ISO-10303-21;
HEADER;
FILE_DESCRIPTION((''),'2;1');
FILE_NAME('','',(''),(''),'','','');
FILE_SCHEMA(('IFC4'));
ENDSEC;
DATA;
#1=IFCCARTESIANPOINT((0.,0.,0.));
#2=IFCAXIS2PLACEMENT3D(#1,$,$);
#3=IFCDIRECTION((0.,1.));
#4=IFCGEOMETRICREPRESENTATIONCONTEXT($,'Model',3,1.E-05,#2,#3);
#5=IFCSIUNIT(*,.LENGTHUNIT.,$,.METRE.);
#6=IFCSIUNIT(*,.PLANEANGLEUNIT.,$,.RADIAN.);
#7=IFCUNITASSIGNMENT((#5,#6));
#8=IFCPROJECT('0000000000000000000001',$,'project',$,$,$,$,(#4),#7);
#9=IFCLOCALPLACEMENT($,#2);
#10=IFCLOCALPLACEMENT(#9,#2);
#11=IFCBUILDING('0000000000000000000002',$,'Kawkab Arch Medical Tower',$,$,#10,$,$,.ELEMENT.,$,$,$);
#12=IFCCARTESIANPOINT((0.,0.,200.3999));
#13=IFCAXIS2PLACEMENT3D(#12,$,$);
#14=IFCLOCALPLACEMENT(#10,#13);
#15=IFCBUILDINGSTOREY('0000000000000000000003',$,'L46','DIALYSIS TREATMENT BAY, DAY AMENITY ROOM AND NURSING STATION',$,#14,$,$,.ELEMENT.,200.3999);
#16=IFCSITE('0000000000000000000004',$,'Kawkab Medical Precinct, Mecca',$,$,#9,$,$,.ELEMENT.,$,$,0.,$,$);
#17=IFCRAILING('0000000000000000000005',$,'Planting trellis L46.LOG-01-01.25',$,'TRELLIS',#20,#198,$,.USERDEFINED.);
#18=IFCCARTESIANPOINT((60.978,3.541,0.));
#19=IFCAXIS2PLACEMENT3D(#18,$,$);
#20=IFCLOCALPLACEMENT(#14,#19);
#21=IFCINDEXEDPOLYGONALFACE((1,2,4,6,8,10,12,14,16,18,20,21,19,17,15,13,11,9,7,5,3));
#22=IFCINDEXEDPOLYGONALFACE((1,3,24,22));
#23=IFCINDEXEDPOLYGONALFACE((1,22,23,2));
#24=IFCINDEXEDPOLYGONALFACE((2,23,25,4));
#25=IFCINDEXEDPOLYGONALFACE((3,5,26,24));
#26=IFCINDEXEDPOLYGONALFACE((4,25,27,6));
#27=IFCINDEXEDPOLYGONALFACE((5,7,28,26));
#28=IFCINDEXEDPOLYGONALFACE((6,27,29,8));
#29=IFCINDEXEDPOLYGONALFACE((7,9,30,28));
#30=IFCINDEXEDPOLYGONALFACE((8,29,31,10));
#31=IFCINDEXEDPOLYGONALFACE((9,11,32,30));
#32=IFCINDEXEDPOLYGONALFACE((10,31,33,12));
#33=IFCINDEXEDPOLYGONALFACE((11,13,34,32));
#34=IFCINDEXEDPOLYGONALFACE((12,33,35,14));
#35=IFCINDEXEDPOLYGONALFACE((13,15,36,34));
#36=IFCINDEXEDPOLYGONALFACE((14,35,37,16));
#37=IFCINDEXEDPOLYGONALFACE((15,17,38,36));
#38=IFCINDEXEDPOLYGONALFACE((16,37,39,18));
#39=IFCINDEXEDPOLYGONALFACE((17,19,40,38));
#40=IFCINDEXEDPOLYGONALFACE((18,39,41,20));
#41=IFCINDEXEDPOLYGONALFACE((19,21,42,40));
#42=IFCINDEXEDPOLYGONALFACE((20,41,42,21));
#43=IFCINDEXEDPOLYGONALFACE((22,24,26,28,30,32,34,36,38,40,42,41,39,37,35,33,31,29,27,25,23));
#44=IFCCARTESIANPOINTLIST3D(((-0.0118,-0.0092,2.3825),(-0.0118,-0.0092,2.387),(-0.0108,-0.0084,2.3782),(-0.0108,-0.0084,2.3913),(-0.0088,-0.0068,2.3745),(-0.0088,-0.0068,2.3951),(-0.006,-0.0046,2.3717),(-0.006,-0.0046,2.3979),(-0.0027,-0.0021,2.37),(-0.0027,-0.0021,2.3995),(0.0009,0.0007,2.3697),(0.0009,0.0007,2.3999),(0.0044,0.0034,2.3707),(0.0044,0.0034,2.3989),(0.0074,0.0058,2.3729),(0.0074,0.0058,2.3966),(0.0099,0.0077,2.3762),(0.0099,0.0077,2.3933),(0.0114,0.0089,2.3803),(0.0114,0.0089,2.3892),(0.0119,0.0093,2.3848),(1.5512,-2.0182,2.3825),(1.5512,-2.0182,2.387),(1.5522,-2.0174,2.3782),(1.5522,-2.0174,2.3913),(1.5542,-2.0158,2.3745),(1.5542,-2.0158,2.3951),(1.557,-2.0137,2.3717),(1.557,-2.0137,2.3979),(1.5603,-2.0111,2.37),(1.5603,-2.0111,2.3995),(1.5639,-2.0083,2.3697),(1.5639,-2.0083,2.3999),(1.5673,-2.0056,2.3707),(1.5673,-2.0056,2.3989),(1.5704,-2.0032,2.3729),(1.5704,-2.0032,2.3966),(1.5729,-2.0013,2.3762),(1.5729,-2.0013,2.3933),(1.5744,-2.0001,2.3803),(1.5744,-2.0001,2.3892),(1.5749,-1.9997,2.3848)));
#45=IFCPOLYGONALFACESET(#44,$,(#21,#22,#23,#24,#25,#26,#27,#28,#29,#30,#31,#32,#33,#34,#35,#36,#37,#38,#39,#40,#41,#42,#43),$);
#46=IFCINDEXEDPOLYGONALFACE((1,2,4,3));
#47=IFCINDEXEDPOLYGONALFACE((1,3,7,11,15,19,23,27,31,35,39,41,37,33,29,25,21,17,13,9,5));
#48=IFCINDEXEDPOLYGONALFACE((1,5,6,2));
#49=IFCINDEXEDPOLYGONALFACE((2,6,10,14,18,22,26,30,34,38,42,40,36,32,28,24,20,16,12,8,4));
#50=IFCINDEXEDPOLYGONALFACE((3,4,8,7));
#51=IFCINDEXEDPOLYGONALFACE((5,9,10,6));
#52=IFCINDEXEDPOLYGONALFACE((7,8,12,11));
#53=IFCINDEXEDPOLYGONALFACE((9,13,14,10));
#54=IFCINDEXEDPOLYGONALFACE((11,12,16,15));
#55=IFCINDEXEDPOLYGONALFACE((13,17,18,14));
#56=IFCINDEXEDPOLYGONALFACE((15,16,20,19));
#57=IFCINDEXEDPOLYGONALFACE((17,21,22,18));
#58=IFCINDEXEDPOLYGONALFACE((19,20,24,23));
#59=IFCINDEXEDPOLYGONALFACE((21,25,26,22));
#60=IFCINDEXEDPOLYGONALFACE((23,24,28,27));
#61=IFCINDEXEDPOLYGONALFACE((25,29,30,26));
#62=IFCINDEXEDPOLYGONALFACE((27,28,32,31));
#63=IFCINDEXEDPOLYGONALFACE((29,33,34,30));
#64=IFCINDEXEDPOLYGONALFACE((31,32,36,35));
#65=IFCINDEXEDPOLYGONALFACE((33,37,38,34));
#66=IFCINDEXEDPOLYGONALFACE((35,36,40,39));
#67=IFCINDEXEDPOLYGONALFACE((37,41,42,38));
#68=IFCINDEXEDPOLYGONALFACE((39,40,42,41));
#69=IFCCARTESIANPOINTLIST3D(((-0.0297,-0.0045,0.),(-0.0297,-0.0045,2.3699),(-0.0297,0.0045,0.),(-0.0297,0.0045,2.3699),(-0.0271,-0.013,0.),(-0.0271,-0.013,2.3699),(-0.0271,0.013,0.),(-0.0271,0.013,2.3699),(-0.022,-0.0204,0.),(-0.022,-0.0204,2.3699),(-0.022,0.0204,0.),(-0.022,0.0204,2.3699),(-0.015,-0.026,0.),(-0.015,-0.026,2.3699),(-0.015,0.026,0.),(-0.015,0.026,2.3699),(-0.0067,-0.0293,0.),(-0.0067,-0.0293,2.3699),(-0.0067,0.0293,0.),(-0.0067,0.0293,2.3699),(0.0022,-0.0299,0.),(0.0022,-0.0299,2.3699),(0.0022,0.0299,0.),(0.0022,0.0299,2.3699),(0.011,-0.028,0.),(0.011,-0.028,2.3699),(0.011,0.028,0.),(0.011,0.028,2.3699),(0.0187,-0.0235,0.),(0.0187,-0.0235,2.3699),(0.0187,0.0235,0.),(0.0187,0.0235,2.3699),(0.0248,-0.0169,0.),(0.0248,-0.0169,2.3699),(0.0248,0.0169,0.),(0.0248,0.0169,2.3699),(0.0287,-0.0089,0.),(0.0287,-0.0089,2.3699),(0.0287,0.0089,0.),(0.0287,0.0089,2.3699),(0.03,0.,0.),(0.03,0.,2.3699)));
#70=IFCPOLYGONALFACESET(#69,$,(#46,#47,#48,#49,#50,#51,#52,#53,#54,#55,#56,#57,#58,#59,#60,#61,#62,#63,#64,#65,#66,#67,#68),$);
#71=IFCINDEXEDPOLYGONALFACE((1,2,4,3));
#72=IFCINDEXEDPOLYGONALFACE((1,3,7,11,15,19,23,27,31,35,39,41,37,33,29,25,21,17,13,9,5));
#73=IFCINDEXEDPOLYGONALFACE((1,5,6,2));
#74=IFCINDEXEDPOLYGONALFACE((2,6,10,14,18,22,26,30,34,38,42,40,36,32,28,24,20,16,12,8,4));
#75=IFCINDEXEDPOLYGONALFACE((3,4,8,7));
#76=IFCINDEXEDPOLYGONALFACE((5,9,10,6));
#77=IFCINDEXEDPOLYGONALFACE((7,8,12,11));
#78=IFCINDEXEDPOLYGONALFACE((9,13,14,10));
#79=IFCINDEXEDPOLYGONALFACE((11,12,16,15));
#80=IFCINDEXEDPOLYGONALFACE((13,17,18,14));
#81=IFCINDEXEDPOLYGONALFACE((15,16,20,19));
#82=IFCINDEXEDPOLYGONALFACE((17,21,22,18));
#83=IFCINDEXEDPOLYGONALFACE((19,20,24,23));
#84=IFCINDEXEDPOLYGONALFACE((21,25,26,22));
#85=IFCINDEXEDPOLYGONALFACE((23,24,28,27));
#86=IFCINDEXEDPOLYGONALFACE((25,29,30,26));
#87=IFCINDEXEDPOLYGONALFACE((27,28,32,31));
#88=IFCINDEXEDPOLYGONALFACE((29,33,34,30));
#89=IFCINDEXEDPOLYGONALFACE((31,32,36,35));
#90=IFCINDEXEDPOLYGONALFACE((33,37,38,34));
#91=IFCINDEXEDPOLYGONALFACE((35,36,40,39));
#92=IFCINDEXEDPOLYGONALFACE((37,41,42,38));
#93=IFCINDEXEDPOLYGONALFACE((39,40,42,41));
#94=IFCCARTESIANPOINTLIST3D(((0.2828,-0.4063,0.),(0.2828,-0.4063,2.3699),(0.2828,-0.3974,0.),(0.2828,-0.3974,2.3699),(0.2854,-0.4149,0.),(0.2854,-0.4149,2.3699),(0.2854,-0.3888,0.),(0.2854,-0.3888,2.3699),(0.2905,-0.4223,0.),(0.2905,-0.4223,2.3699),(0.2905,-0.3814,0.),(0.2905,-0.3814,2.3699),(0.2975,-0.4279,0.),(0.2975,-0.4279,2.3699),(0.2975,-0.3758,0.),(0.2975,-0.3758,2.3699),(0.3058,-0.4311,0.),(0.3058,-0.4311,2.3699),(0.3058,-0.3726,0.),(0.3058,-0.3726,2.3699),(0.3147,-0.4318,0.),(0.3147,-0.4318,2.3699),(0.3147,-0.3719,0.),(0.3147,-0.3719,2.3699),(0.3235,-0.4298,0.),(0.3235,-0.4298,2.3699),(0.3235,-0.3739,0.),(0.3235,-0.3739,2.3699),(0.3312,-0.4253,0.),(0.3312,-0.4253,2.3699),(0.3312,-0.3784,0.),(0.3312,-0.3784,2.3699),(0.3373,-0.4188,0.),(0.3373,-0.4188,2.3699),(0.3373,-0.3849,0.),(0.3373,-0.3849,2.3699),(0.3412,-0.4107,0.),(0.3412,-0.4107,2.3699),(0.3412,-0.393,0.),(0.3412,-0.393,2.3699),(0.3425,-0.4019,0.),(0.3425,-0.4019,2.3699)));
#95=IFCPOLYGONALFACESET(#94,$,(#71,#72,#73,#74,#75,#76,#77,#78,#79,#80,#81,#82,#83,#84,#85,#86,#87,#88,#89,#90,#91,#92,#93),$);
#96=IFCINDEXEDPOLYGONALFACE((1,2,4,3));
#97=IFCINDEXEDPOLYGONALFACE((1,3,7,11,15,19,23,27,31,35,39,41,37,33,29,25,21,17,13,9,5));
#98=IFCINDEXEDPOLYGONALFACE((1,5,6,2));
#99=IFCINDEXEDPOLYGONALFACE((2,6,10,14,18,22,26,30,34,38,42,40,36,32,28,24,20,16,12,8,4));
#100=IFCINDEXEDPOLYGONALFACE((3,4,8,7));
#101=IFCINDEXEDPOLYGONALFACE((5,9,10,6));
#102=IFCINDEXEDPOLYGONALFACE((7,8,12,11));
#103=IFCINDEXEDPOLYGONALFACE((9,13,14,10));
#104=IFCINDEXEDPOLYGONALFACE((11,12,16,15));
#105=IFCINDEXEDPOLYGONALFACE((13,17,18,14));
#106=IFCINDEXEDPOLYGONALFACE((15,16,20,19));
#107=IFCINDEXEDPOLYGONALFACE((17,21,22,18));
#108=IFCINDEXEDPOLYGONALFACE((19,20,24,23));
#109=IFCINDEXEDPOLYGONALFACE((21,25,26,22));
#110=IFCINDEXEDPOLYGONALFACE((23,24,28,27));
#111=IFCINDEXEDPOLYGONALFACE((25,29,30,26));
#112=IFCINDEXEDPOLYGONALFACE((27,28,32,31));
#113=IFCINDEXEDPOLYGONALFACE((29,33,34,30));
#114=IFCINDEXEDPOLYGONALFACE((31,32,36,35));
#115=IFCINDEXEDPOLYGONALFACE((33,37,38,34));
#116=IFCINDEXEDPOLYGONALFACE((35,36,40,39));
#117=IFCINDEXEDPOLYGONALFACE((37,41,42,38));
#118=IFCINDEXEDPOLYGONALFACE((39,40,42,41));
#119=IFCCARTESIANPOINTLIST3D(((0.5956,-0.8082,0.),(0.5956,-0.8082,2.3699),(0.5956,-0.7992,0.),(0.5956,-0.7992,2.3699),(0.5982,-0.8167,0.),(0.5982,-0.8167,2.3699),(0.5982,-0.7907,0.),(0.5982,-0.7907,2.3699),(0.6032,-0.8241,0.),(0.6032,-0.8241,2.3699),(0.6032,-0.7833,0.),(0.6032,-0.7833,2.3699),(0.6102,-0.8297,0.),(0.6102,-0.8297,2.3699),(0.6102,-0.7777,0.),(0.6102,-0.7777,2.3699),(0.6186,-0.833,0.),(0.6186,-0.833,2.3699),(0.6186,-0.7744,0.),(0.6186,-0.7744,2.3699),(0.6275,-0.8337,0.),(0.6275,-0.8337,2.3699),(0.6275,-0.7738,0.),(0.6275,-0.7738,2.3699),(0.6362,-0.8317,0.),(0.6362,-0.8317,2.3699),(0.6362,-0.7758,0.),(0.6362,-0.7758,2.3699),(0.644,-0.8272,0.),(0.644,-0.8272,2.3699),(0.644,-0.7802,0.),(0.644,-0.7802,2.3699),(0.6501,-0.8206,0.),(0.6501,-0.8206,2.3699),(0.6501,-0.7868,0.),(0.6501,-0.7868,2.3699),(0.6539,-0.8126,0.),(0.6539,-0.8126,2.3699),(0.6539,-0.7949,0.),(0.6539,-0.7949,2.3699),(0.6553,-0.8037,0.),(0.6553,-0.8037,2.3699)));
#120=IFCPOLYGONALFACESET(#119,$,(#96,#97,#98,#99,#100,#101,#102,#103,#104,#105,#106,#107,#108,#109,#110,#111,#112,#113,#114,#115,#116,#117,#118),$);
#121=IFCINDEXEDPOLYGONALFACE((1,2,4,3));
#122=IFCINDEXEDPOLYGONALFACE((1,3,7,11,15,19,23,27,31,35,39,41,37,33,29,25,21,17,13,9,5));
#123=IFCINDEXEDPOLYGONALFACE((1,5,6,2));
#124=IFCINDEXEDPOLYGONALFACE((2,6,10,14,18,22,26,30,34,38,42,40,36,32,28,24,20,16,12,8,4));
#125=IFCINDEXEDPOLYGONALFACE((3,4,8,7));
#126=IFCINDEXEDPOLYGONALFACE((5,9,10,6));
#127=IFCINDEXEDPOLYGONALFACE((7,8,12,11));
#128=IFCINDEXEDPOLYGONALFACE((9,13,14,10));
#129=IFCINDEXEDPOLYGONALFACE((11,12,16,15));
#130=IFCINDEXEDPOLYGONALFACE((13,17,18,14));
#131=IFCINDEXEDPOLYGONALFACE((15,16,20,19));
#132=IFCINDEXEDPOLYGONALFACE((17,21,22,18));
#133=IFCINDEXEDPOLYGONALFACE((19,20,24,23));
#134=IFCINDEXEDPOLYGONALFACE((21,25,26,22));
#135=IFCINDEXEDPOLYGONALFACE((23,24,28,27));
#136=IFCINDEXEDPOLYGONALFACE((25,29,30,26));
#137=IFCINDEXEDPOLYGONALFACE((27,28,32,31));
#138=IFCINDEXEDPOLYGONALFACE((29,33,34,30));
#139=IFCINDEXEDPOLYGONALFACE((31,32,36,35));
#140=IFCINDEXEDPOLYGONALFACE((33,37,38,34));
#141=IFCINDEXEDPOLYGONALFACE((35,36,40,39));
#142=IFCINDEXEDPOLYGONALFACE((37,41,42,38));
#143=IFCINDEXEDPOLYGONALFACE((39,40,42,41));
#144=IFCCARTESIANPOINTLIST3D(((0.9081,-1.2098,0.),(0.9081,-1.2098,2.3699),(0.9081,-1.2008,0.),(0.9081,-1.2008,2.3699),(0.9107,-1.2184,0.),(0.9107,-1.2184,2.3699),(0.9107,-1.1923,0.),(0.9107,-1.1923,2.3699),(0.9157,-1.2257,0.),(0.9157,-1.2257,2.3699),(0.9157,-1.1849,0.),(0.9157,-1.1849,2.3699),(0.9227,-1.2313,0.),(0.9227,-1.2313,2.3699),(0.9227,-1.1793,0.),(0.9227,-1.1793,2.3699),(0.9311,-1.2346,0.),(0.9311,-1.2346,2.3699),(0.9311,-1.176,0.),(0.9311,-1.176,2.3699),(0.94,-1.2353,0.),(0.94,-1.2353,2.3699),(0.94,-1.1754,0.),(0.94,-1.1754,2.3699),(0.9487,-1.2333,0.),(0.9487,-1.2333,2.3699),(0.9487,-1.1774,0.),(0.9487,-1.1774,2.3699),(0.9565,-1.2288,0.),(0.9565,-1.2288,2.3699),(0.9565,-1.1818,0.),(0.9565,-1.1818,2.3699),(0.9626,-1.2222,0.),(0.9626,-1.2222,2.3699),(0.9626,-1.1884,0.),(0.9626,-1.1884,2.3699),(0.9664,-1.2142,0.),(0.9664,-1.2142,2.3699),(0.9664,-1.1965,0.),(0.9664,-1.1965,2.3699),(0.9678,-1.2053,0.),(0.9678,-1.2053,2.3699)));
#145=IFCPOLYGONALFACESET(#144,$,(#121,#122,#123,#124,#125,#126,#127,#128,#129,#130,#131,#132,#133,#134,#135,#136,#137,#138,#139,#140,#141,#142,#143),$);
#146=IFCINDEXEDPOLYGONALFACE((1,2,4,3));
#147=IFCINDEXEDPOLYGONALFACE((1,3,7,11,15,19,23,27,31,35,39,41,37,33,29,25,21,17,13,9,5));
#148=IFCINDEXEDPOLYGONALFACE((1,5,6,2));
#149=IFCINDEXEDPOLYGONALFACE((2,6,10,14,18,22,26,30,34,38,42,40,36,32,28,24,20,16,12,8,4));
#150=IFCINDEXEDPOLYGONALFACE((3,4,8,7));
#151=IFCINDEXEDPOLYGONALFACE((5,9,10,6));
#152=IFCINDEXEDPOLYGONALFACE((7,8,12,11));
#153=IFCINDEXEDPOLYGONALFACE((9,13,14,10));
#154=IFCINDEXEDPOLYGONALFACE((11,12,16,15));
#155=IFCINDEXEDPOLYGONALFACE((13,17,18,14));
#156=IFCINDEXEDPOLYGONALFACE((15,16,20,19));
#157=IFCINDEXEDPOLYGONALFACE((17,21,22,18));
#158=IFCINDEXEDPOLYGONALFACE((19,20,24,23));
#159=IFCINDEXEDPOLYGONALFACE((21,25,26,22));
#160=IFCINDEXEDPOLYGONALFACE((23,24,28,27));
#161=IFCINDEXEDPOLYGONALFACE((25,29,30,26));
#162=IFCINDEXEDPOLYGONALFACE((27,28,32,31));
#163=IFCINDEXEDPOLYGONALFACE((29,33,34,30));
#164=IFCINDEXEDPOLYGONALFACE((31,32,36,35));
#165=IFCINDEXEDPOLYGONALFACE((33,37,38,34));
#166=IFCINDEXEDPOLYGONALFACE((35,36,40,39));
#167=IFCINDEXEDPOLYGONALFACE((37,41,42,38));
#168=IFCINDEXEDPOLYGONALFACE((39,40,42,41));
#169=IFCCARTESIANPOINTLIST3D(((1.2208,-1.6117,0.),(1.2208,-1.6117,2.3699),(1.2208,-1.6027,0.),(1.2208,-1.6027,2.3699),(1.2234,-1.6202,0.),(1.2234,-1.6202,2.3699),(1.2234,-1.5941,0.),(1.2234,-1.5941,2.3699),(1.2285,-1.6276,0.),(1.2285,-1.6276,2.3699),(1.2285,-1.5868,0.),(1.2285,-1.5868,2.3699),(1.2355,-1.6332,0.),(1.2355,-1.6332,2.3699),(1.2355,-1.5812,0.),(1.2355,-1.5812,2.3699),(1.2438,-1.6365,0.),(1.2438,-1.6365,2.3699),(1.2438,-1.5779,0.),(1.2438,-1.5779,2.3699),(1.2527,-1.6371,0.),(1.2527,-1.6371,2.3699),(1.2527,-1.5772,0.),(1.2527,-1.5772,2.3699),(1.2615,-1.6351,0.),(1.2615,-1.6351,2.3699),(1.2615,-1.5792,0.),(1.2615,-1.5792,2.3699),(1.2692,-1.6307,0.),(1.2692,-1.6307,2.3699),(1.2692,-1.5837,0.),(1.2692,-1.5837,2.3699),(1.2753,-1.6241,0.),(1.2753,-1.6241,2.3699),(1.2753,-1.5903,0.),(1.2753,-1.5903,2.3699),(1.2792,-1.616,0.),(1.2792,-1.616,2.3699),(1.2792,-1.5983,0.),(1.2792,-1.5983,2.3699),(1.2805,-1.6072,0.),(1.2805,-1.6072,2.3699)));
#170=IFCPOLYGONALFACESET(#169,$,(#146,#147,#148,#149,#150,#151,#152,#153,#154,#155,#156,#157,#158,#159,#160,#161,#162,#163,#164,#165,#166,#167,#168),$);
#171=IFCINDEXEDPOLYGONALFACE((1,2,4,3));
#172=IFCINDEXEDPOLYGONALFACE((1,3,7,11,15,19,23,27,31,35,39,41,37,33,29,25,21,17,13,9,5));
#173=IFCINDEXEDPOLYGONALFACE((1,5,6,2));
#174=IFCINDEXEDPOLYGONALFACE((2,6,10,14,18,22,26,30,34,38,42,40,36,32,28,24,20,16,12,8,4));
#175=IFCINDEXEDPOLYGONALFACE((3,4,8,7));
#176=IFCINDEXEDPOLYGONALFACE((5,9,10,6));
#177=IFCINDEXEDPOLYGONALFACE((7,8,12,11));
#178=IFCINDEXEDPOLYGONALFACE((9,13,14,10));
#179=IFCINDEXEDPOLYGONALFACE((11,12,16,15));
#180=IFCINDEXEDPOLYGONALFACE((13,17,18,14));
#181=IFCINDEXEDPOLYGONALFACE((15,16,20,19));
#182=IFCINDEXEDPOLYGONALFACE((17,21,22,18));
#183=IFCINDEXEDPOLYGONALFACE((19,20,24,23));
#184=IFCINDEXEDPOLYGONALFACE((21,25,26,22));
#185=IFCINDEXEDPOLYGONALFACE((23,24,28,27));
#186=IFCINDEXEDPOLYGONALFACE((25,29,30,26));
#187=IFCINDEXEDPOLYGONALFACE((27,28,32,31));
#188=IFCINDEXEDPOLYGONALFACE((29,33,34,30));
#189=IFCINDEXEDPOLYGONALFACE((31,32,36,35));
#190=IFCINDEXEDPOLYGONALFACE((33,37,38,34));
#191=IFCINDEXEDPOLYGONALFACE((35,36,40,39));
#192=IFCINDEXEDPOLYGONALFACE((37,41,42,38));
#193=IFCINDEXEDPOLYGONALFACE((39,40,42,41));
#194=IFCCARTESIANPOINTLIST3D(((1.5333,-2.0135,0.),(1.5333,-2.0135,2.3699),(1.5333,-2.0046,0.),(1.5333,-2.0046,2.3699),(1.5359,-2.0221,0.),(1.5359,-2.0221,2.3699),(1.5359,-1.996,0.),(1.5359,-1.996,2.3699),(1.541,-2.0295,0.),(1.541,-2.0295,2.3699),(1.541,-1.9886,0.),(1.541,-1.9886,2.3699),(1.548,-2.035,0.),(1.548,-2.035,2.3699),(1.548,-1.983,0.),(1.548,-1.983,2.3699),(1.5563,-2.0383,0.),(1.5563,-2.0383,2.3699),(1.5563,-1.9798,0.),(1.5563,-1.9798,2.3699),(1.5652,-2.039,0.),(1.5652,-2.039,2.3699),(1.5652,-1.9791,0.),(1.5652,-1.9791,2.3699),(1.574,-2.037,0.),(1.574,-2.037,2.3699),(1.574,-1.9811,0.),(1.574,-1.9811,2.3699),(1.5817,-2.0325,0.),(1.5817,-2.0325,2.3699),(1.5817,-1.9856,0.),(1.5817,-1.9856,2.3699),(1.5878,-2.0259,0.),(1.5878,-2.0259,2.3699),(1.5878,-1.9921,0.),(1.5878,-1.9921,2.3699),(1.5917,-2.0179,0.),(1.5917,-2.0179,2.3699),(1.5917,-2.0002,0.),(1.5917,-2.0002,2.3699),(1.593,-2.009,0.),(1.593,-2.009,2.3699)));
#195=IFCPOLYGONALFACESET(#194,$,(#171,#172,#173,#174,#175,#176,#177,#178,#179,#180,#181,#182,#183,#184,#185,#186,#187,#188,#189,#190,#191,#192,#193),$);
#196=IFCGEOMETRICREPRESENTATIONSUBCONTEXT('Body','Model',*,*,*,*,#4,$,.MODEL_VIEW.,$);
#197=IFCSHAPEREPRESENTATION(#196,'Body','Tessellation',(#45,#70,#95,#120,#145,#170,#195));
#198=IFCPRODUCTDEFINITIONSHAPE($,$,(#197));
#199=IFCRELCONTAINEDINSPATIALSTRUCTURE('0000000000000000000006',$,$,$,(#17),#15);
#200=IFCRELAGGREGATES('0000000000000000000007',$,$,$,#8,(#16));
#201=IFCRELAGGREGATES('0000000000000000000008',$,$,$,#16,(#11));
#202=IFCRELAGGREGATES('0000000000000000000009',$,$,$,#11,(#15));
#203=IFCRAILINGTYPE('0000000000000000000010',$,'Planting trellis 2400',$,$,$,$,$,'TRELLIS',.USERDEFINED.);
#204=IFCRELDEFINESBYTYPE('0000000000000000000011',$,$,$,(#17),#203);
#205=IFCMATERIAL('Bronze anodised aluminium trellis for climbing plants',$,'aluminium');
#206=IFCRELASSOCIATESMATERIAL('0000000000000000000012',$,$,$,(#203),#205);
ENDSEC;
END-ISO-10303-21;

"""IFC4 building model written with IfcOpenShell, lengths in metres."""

from ifc_helpers import new_model, si_unit, direction, frame, origin, origin_2d, place, context, subcontext, project, spatial, circle, extrude, material, type_object, element, save


model = new_model("IFC4")

# Units and contexts
model_context = context("Model", 3, precision=1e-05, world=origin(), true_north=direction((0.0, 1.0)))
body_context = subcontext(model_context, "Body", "Model", "MODEL_VIEW")
ifc_project = project(units=[si_unit("LENGTHUNIT", "METRE"), si_unit("PLANEANGLEUNIT", "RADIAN")], contexts=[model_context])

# Site, building, storey
site_placement = place(None, origin())
site = spatial("IfcSite", under=ifc_project, at=site_placement, Name="Kawkab Medical Precinct, Mecca", CompositionType="ELEMENT", RefElevation=0.0)
building_placement = place(site_placement, origin())
building = spatial("IfcBuilding", under=site, at=building_placement, Name="Kawkab Arch Medical Tower", CompositionType="ELEMENT")
storey_placement = place(building_placement, frame((0.0, 0.0, 200.3999)))
storey = spatial("IfcBuildingStorey", under=building, at=storey_placement, Name="L46", Description="DIALYSIS TREATMENT BAY, DAY AMENITY ROOM AND NURSING STATION", CompositionType="ELEMENT", Elevation=200.3999)

# Railing
ifc_material_1 = material(Name="Bronze anodised aluminium trellis for climbing plants", Category="aluminium")
railing_type_1 = type_object("IfcRailingType", Name="Planting trellis 2400", ElementType="TRELLIS", PredefinedType="USERDEFINED", material=ifc_material_1)
railing_1_placement = place(storey_placement, frame((60.978, 3.541, 0.0)))
element("IfcRailing", 1, at=railing_1_placement, inside=storey, type_object=railing_type_1, Name="Planting trellis L46.LOG-01-01.25", ObjectType="TRELLIS", PredefinedType="USERDEFINED", context=body_context, shape_type="SweptSolid", body=[
    extrude(circle(Radius=0.0151, at=origin_2d()), frame((0.0, 0.0, 2.3848), z_axis=(0.61404, -0.789275, 0.0), x_axis=(0.789275, 0.61404, 0.0)), (0.0, 0.0, 1.0), 2.5454),
    extrude(circle(Radius=0.03, at=origin_2d()), origin(), (0.0, 0.0, 1.0), 2.3699),
    extrude(circle(Radius=0.03, at=origin_2d()), frame((0.3125, -0.4019, 0.0)), (0.0, 0.0, 1.0), 2.3699),
    extrude(circle(Radius=0.03, at=origin_2d()), frame((0.6252, -0.8037, 0.0)), (0.0, 0.0, 1.0), 2.3699),
    extrude(circle(Radius=0.03, at=origin_2d()), frame((0.9377, -1.2053, 0.0)), (0.0, 0.0, 1.0), 2.3699),
    extrude(circle(Radius=0.03, at=origin_2d()), frame((1.2505, -1.6072, 0.0)), (0.0, 0.0, 1.0), 2.3699),
    extrude(circle(Radius=0.03, at=origin_2d()), frame((1.563, -2.009, 0.0)), (0.0, 0.0, 1.0), 2.3699),
])

save(model, "model.ifc")
